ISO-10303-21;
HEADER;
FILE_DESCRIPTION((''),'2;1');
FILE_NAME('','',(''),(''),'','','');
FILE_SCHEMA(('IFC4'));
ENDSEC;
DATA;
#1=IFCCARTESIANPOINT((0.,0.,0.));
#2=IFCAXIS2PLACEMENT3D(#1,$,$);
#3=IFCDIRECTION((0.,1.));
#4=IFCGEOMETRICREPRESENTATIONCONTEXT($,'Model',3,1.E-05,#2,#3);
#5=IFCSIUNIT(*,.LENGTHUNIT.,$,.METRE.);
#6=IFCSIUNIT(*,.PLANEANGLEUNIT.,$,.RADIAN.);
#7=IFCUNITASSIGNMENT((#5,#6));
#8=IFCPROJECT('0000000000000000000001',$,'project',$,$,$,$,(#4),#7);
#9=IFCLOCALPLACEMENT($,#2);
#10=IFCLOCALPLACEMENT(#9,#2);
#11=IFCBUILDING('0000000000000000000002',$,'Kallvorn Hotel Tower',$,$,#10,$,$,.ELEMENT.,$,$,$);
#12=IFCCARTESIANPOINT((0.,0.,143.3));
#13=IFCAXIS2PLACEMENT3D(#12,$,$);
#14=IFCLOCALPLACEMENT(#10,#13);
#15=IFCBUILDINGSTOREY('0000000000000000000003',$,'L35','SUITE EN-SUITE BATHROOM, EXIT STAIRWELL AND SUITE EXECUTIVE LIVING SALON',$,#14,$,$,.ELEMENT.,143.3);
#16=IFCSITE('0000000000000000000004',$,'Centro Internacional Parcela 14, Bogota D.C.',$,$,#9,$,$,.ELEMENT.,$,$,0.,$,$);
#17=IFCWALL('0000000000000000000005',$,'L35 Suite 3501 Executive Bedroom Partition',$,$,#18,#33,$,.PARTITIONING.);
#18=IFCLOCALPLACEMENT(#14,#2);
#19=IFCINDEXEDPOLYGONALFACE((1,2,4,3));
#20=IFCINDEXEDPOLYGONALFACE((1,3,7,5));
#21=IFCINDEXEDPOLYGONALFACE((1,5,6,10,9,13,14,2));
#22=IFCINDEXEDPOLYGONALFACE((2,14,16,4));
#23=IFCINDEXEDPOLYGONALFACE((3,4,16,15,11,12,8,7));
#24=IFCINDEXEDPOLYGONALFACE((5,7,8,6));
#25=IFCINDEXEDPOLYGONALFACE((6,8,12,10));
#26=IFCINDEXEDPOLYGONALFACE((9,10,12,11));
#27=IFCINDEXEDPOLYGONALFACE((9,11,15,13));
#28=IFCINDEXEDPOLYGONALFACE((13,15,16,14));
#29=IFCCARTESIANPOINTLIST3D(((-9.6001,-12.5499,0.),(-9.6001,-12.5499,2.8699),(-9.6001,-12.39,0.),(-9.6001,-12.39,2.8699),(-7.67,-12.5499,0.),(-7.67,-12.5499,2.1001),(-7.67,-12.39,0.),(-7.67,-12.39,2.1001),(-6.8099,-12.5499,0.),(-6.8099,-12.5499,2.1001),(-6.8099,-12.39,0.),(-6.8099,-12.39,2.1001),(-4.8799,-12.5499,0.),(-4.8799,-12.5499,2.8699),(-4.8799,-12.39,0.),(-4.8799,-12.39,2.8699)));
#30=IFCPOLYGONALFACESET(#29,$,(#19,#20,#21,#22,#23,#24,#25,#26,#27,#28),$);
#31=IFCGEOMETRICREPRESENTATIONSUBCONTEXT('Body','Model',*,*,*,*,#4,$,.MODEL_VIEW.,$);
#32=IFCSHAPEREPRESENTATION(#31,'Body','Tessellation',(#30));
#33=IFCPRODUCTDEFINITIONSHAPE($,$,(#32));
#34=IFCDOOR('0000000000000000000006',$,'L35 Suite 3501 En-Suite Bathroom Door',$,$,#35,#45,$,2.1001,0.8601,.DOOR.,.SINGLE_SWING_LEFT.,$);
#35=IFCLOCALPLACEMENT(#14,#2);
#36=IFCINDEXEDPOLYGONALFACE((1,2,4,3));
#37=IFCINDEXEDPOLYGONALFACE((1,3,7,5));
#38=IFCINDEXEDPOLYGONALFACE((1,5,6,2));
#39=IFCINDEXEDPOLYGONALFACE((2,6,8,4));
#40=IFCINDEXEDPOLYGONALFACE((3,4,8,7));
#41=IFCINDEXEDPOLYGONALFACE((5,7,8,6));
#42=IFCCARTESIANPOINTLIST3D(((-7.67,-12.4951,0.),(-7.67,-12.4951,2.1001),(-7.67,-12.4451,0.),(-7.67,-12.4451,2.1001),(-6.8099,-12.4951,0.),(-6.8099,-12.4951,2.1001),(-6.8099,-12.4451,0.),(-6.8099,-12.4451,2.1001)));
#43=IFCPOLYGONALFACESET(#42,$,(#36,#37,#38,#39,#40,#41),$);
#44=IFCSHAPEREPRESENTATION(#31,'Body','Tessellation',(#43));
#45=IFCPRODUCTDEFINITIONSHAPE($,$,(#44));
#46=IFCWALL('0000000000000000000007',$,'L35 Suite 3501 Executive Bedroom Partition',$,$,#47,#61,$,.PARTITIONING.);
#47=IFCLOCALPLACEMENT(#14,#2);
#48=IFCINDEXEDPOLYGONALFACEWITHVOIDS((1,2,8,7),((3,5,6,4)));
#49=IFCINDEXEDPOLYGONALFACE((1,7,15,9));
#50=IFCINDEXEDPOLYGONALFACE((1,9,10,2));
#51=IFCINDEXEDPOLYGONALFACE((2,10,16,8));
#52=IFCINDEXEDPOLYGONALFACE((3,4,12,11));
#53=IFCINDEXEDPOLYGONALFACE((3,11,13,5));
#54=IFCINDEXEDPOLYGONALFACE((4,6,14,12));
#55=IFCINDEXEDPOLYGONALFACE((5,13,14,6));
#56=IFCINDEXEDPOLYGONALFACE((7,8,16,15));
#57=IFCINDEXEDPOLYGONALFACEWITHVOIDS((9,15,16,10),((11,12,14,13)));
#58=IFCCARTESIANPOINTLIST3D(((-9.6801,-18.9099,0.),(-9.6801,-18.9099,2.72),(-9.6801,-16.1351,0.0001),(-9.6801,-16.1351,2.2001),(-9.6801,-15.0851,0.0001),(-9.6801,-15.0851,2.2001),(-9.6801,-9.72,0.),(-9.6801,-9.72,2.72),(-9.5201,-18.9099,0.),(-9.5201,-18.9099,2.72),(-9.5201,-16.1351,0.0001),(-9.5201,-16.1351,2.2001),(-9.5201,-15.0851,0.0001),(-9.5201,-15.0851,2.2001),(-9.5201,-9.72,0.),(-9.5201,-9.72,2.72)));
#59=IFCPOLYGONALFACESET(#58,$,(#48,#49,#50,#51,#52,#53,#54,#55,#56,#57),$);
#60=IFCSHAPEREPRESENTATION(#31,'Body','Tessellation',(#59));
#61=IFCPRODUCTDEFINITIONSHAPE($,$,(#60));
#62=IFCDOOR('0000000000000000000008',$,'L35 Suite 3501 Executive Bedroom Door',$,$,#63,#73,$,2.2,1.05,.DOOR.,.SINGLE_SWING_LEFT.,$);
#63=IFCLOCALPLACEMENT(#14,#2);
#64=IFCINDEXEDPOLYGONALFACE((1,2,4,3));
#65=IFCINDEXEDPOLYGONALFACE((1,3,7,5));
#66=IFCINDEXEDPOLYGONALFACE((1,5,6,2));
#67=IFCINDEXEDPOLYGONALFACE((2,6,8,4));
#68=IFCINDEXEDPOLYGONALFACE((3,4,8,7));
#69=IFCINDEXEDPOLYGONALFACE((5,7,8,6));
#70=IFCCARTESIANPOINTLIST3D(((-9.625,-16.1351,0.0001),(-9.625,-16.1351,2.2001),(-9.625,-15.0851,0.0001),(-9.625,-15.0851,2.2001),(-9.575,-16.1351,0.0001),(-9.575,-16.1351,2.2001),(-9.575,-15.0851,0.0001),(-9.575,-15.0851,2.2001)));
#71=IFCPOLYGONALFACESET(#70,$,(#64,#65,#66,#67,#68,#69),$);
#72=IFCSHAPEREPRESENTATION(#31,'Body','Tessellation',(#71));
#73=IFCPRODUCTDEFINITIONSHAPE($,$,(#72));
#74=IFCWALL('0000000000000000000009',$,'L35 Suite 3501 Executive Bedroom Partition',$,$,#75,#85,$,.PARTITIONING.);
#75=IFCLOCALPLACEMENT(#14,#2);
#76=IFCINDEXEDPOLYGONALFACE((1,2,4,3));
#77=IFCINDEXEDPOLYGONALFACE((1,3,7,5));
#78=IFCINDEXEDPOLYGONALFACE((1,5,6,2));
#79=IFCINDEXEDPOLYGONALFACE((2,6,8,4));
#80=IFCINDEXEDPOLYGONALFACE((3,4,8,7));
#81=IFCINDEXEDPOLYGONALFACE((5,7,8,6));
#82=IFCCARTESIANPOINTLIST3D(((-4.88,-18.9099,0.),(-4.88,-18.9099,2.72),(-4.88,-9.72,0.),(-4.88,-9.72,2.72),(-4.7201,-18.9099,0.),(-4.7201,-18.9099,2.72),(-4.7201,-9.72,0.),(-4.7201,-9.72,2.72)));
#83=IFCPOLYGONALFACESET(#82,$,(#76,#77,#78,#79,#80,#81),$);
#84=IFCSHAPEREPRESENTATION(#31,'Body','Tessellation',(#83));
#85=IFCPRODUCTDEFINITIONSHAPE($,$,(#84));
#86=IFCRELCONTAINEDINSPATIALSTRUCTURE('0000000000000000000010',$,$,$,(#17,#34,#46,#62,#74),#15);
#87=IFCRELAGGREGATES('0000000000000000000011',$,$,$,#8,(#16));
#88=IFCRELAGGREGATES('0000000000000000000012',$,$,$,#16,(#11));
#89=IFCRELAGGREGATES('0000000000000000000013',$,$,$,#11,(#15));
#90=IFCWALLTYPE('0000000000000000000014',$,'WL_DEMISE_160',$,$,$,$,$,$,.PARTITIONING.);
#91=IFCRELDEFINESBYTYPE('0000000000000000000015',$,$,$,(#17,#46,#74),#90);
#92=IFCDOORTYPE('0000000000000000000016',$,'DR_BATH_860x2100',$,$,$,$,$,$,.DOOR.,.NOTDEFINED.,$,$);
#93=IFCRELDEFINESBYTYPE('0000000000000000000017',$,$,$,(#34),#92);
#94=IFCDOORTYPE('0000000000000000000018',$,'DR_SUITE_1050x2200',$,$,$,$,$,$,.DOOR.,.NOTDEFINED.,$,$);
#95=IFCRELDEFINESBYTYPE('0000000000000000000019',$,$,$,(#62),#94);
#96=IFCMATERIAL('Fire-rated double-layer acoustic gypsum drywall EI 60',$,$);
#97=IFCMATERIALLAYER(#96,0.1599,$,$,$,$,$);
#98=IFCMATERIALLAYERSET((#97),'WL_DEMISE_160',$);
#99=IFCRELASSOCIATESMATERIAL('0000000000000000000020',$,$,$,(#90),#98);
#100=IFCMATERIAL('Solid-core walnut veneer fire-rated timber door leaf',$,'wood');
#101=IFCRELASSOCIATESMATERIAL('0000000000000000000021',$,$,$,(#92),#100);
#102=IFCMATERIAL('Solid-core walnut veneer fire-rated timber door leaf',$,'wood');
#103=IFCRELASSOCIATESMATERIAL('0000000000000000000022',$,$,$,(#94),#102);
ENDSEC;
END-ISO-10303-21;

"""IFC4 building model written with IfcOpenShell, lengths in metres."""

from ifc_helpers import new_model, si_unit, direction, frame, frame_2d, origin, place, context, subcontext, project, spatial, rectangle, extrude, material, layer, layer_set, type_object, element, fill, save


model = new_model("IFC4")

# Units and contexts
model_context = context("Model", 3, precision=1e-05, world=origin(), true_north=direction((0.0, 1.0)))
body_context = subcontext(model_context, "Body", "Model", "MODEL_VIEW")
ifc_project = project(units=[si_unit("LENGTHUNIT", "METRE"), si_unit("PLANEANGLEUNIT", "RADIAN")], contexts=[model_context])

# Site, building, storey
site_placement = place(None, origin())
site = spatial("IfcSite", under=ifc_project, at=site_placement, Name="Centro Internacional Parcela 14, Bogota D.C.", CompositionType="ELEMENT", RefElevation=0.0)
building_placement = place(site_placement, origin())
building = spatial("IfcBuilding", under=site, at=building_placement, Name="Kallvorn Hotel Tower", CompositionType="ELEMENT")
storey_placement = place(building_placement, frame((0.0, 0.0, 143.3)))
storey = spatial("IfcBuildingStorey", under=building, at=storey_placement, Name="L35", Description="SUITE EN-SUITE BATHROOM, EXIT STAIRWELL AND SUITE EXECUTIVE LIVING SALON", CompositionType="ELEMENT", Elevation=143.3)

# Walls, openings, doors
ifc_material_1 = material(Name="Fire-rated double-layer acoustic gypsum drywall EI 60")
ifc_layer_1 = layer(ifc_material_1, 0.1599)
ifc_layer_set_1 = layer_set([ifc_layer_1], Name="WL_DEMISE_160")
wall_type = type_object("IfcWallType", Name="WL_DEMISE_160", PredefinedType="PARTITIONING", material=ifc_layer_set_1)
wall_1_placement = place(storey_placement, frame((-9.6001, -12.47, 0.0), z_axis=(0.0, 0.0, 1.0), x_axis=(1.0, 0.0, 0.0)))
wall_1 = element("IfcWall", 1, at=wall_1_placement, inside=storey, type_object=wall_type, Name="L35 Suite 3501 Executive Bedroom Partition", PredefinedType="PARTITIONING", context=body_context, shape_type="SweptSolid", body=[
    extrude(rectangle(XDim=4.7202, YDim=0.1599, at=frame_2d((2.3601, 0.0))), origin(), (0.0, 0.0, 1.0), 2.8699),
])
opening_1_placement = place(wall_1_placement, frame((1.9299, 0.0, 0.0)))
opening_1 = element("IfcOpeningElement", 2, at=opening_1_placement, cuts=wall_1, PredefinedType="OPENING", context=body_context, shape_type="SweptSolid", body=[
    extrude(rectangle(XDim=0.8601, YDim=2.1001, at=frame_2d((0.4302, 1.05))), frame((0.0, 0.095, 0.0), z_axis=(0.0, -1.0, 0.0), x_axis=(1.0, 0.0, 0.0)), (0.0, 0.0, 1.0), 0.1899),
])
ifc_material_2 = material(Name="Solid-core walnut veneer fire-rated timber door leaf", Category="wood")
door_type_1 = type_object("IfcDoorType", Name="DR_BATH_860x2100", OperationType="NOTDEFINED", PredefinedType="DOOR", material=ifc_material_2)
door_1_placement = place(opening_1_placement, origin())
door_1 = element("IfcDoor", 3, at=door_1_placement, inside=storey, type_object=door_type_1, Name="L35 Suite 3501 En-Suite Bathroom Door", OperationType="SINGLE_SWING_LEFT", OverallHeight=2.1001, OverallWidth=0.8601, PredefinedType="DOOR", context=body_context, shape_type="SweptSolid", body=[
    extrude(rectangle(XDim=0.8601, YDim=2.1001, at=frame_2d((0.4302, 1.05))), frame((0.0, 0.0249, 0.0), z_axis=(0.0, -1.0, 0.0), x_axis=(1.0, 0.0, 0.0)), (0.0, 0.0, 1.0), 0.05),
])
fill(opening_1, door_1)
wall_2_placement = place(storey_placement, frame((-9.6001, -18.9099, 0.0), z_axis=(0.0, 0.0, 1.0), x_axis=(0.0, 1.0, 0.0)))
wall_2 = element("IfcWall", 4, at=wall_2_placement, inside=storey, type_object=wall_type, Name="L35 Suite 3501 Executive Bedroom Partition", PredefinedType="PARTITIONING", context=body_context, shape_type="SweptSolid", body=[
    extrude(rectangle(XDim=9.1899, YDim=0.1599, at=frame_2d((4.595, 0.0))), origin(), (0.0, 0.0, 1.0), 2.72),
])
opening_2_placement = place(wall_2_placement, frame((2.7749, 0.0, 0.0)))
opening_2 = element("IfcOpeningElement", 5, at=opening_2_placement, cuts=wall_2, PredefinedType="OPENING", context=body_context, shape_type="SweptSolid", body=[
    extrude(rectangle(XDim=1.05, YDim=2.2, at=frame_2d((0.5249, 1.1001))), frame((0.0, 0.095, 0.0), z_axis=(0.0, -1.0, 0.0), x_axis=(1.0, 0.0, 0.0)), (0.0, 0.0, 1.0), 0.1899),
])
ifc_material_3 = material(Name="Solid-core walnut veneer fire-rated timber door leaf", Category="wood")
door_type_2 = type_object("IfcDoorType", Name="DR_SUITE_1050x2200", OperationType="NOTDEFINED", PredefinedType="DOOR", material=ifc_material_3)
door_2_placement = place(opening_2_placement, origin())
door_2 = element("IfcDoor", 6, at=door_2_placement, inside=storey, type_object=door_type_2, Name="L35 Suite 3501 Executive Bedroom Door", OperationType="SINGLE_SWING_LEFT", OverallHeight=2.2, OverallWidth=1.05, PredefinedType="DOOR", context=body_context, shape_type="SweptSolid", body=[
    extrude(rectangle(XDim=1.05, YDim=2.2, at=frame_2d((0.5249, 1.1001))), frame((0.0, 0.0249, 0.0), z_axis=(0.0, -1.0, 0.0), x_axis=(1.0, 0.0, 0.0)), (0.0, 0.0, 1.0), 0.05),
])
fill(opening_2, door_2)

# Wall
wall_3_placement = place(storey_placement, frame((-4.8, -18.9099, 0.0), z_axis=(0.0, 0.0, 1.0), x_axis=(0.0, 1.0, 0.0)))
element("IfcWall", 7, at=wall_3_placement, inside=storey, type_object=wall_type, Name="L35 Suite 3501 Executive Bedroom Partition", PredefinedType="PARTITIONING", context=body_context, shape_type="SweptSolid", body=[
    extrude(rectangle(XDim=9.1899, YDim=0.1599, at=frame_2d((4.595, 0.0))), origin(), (0.0, 0.0, 1.0), 2.72),
])

save(model, "model.ifc")
